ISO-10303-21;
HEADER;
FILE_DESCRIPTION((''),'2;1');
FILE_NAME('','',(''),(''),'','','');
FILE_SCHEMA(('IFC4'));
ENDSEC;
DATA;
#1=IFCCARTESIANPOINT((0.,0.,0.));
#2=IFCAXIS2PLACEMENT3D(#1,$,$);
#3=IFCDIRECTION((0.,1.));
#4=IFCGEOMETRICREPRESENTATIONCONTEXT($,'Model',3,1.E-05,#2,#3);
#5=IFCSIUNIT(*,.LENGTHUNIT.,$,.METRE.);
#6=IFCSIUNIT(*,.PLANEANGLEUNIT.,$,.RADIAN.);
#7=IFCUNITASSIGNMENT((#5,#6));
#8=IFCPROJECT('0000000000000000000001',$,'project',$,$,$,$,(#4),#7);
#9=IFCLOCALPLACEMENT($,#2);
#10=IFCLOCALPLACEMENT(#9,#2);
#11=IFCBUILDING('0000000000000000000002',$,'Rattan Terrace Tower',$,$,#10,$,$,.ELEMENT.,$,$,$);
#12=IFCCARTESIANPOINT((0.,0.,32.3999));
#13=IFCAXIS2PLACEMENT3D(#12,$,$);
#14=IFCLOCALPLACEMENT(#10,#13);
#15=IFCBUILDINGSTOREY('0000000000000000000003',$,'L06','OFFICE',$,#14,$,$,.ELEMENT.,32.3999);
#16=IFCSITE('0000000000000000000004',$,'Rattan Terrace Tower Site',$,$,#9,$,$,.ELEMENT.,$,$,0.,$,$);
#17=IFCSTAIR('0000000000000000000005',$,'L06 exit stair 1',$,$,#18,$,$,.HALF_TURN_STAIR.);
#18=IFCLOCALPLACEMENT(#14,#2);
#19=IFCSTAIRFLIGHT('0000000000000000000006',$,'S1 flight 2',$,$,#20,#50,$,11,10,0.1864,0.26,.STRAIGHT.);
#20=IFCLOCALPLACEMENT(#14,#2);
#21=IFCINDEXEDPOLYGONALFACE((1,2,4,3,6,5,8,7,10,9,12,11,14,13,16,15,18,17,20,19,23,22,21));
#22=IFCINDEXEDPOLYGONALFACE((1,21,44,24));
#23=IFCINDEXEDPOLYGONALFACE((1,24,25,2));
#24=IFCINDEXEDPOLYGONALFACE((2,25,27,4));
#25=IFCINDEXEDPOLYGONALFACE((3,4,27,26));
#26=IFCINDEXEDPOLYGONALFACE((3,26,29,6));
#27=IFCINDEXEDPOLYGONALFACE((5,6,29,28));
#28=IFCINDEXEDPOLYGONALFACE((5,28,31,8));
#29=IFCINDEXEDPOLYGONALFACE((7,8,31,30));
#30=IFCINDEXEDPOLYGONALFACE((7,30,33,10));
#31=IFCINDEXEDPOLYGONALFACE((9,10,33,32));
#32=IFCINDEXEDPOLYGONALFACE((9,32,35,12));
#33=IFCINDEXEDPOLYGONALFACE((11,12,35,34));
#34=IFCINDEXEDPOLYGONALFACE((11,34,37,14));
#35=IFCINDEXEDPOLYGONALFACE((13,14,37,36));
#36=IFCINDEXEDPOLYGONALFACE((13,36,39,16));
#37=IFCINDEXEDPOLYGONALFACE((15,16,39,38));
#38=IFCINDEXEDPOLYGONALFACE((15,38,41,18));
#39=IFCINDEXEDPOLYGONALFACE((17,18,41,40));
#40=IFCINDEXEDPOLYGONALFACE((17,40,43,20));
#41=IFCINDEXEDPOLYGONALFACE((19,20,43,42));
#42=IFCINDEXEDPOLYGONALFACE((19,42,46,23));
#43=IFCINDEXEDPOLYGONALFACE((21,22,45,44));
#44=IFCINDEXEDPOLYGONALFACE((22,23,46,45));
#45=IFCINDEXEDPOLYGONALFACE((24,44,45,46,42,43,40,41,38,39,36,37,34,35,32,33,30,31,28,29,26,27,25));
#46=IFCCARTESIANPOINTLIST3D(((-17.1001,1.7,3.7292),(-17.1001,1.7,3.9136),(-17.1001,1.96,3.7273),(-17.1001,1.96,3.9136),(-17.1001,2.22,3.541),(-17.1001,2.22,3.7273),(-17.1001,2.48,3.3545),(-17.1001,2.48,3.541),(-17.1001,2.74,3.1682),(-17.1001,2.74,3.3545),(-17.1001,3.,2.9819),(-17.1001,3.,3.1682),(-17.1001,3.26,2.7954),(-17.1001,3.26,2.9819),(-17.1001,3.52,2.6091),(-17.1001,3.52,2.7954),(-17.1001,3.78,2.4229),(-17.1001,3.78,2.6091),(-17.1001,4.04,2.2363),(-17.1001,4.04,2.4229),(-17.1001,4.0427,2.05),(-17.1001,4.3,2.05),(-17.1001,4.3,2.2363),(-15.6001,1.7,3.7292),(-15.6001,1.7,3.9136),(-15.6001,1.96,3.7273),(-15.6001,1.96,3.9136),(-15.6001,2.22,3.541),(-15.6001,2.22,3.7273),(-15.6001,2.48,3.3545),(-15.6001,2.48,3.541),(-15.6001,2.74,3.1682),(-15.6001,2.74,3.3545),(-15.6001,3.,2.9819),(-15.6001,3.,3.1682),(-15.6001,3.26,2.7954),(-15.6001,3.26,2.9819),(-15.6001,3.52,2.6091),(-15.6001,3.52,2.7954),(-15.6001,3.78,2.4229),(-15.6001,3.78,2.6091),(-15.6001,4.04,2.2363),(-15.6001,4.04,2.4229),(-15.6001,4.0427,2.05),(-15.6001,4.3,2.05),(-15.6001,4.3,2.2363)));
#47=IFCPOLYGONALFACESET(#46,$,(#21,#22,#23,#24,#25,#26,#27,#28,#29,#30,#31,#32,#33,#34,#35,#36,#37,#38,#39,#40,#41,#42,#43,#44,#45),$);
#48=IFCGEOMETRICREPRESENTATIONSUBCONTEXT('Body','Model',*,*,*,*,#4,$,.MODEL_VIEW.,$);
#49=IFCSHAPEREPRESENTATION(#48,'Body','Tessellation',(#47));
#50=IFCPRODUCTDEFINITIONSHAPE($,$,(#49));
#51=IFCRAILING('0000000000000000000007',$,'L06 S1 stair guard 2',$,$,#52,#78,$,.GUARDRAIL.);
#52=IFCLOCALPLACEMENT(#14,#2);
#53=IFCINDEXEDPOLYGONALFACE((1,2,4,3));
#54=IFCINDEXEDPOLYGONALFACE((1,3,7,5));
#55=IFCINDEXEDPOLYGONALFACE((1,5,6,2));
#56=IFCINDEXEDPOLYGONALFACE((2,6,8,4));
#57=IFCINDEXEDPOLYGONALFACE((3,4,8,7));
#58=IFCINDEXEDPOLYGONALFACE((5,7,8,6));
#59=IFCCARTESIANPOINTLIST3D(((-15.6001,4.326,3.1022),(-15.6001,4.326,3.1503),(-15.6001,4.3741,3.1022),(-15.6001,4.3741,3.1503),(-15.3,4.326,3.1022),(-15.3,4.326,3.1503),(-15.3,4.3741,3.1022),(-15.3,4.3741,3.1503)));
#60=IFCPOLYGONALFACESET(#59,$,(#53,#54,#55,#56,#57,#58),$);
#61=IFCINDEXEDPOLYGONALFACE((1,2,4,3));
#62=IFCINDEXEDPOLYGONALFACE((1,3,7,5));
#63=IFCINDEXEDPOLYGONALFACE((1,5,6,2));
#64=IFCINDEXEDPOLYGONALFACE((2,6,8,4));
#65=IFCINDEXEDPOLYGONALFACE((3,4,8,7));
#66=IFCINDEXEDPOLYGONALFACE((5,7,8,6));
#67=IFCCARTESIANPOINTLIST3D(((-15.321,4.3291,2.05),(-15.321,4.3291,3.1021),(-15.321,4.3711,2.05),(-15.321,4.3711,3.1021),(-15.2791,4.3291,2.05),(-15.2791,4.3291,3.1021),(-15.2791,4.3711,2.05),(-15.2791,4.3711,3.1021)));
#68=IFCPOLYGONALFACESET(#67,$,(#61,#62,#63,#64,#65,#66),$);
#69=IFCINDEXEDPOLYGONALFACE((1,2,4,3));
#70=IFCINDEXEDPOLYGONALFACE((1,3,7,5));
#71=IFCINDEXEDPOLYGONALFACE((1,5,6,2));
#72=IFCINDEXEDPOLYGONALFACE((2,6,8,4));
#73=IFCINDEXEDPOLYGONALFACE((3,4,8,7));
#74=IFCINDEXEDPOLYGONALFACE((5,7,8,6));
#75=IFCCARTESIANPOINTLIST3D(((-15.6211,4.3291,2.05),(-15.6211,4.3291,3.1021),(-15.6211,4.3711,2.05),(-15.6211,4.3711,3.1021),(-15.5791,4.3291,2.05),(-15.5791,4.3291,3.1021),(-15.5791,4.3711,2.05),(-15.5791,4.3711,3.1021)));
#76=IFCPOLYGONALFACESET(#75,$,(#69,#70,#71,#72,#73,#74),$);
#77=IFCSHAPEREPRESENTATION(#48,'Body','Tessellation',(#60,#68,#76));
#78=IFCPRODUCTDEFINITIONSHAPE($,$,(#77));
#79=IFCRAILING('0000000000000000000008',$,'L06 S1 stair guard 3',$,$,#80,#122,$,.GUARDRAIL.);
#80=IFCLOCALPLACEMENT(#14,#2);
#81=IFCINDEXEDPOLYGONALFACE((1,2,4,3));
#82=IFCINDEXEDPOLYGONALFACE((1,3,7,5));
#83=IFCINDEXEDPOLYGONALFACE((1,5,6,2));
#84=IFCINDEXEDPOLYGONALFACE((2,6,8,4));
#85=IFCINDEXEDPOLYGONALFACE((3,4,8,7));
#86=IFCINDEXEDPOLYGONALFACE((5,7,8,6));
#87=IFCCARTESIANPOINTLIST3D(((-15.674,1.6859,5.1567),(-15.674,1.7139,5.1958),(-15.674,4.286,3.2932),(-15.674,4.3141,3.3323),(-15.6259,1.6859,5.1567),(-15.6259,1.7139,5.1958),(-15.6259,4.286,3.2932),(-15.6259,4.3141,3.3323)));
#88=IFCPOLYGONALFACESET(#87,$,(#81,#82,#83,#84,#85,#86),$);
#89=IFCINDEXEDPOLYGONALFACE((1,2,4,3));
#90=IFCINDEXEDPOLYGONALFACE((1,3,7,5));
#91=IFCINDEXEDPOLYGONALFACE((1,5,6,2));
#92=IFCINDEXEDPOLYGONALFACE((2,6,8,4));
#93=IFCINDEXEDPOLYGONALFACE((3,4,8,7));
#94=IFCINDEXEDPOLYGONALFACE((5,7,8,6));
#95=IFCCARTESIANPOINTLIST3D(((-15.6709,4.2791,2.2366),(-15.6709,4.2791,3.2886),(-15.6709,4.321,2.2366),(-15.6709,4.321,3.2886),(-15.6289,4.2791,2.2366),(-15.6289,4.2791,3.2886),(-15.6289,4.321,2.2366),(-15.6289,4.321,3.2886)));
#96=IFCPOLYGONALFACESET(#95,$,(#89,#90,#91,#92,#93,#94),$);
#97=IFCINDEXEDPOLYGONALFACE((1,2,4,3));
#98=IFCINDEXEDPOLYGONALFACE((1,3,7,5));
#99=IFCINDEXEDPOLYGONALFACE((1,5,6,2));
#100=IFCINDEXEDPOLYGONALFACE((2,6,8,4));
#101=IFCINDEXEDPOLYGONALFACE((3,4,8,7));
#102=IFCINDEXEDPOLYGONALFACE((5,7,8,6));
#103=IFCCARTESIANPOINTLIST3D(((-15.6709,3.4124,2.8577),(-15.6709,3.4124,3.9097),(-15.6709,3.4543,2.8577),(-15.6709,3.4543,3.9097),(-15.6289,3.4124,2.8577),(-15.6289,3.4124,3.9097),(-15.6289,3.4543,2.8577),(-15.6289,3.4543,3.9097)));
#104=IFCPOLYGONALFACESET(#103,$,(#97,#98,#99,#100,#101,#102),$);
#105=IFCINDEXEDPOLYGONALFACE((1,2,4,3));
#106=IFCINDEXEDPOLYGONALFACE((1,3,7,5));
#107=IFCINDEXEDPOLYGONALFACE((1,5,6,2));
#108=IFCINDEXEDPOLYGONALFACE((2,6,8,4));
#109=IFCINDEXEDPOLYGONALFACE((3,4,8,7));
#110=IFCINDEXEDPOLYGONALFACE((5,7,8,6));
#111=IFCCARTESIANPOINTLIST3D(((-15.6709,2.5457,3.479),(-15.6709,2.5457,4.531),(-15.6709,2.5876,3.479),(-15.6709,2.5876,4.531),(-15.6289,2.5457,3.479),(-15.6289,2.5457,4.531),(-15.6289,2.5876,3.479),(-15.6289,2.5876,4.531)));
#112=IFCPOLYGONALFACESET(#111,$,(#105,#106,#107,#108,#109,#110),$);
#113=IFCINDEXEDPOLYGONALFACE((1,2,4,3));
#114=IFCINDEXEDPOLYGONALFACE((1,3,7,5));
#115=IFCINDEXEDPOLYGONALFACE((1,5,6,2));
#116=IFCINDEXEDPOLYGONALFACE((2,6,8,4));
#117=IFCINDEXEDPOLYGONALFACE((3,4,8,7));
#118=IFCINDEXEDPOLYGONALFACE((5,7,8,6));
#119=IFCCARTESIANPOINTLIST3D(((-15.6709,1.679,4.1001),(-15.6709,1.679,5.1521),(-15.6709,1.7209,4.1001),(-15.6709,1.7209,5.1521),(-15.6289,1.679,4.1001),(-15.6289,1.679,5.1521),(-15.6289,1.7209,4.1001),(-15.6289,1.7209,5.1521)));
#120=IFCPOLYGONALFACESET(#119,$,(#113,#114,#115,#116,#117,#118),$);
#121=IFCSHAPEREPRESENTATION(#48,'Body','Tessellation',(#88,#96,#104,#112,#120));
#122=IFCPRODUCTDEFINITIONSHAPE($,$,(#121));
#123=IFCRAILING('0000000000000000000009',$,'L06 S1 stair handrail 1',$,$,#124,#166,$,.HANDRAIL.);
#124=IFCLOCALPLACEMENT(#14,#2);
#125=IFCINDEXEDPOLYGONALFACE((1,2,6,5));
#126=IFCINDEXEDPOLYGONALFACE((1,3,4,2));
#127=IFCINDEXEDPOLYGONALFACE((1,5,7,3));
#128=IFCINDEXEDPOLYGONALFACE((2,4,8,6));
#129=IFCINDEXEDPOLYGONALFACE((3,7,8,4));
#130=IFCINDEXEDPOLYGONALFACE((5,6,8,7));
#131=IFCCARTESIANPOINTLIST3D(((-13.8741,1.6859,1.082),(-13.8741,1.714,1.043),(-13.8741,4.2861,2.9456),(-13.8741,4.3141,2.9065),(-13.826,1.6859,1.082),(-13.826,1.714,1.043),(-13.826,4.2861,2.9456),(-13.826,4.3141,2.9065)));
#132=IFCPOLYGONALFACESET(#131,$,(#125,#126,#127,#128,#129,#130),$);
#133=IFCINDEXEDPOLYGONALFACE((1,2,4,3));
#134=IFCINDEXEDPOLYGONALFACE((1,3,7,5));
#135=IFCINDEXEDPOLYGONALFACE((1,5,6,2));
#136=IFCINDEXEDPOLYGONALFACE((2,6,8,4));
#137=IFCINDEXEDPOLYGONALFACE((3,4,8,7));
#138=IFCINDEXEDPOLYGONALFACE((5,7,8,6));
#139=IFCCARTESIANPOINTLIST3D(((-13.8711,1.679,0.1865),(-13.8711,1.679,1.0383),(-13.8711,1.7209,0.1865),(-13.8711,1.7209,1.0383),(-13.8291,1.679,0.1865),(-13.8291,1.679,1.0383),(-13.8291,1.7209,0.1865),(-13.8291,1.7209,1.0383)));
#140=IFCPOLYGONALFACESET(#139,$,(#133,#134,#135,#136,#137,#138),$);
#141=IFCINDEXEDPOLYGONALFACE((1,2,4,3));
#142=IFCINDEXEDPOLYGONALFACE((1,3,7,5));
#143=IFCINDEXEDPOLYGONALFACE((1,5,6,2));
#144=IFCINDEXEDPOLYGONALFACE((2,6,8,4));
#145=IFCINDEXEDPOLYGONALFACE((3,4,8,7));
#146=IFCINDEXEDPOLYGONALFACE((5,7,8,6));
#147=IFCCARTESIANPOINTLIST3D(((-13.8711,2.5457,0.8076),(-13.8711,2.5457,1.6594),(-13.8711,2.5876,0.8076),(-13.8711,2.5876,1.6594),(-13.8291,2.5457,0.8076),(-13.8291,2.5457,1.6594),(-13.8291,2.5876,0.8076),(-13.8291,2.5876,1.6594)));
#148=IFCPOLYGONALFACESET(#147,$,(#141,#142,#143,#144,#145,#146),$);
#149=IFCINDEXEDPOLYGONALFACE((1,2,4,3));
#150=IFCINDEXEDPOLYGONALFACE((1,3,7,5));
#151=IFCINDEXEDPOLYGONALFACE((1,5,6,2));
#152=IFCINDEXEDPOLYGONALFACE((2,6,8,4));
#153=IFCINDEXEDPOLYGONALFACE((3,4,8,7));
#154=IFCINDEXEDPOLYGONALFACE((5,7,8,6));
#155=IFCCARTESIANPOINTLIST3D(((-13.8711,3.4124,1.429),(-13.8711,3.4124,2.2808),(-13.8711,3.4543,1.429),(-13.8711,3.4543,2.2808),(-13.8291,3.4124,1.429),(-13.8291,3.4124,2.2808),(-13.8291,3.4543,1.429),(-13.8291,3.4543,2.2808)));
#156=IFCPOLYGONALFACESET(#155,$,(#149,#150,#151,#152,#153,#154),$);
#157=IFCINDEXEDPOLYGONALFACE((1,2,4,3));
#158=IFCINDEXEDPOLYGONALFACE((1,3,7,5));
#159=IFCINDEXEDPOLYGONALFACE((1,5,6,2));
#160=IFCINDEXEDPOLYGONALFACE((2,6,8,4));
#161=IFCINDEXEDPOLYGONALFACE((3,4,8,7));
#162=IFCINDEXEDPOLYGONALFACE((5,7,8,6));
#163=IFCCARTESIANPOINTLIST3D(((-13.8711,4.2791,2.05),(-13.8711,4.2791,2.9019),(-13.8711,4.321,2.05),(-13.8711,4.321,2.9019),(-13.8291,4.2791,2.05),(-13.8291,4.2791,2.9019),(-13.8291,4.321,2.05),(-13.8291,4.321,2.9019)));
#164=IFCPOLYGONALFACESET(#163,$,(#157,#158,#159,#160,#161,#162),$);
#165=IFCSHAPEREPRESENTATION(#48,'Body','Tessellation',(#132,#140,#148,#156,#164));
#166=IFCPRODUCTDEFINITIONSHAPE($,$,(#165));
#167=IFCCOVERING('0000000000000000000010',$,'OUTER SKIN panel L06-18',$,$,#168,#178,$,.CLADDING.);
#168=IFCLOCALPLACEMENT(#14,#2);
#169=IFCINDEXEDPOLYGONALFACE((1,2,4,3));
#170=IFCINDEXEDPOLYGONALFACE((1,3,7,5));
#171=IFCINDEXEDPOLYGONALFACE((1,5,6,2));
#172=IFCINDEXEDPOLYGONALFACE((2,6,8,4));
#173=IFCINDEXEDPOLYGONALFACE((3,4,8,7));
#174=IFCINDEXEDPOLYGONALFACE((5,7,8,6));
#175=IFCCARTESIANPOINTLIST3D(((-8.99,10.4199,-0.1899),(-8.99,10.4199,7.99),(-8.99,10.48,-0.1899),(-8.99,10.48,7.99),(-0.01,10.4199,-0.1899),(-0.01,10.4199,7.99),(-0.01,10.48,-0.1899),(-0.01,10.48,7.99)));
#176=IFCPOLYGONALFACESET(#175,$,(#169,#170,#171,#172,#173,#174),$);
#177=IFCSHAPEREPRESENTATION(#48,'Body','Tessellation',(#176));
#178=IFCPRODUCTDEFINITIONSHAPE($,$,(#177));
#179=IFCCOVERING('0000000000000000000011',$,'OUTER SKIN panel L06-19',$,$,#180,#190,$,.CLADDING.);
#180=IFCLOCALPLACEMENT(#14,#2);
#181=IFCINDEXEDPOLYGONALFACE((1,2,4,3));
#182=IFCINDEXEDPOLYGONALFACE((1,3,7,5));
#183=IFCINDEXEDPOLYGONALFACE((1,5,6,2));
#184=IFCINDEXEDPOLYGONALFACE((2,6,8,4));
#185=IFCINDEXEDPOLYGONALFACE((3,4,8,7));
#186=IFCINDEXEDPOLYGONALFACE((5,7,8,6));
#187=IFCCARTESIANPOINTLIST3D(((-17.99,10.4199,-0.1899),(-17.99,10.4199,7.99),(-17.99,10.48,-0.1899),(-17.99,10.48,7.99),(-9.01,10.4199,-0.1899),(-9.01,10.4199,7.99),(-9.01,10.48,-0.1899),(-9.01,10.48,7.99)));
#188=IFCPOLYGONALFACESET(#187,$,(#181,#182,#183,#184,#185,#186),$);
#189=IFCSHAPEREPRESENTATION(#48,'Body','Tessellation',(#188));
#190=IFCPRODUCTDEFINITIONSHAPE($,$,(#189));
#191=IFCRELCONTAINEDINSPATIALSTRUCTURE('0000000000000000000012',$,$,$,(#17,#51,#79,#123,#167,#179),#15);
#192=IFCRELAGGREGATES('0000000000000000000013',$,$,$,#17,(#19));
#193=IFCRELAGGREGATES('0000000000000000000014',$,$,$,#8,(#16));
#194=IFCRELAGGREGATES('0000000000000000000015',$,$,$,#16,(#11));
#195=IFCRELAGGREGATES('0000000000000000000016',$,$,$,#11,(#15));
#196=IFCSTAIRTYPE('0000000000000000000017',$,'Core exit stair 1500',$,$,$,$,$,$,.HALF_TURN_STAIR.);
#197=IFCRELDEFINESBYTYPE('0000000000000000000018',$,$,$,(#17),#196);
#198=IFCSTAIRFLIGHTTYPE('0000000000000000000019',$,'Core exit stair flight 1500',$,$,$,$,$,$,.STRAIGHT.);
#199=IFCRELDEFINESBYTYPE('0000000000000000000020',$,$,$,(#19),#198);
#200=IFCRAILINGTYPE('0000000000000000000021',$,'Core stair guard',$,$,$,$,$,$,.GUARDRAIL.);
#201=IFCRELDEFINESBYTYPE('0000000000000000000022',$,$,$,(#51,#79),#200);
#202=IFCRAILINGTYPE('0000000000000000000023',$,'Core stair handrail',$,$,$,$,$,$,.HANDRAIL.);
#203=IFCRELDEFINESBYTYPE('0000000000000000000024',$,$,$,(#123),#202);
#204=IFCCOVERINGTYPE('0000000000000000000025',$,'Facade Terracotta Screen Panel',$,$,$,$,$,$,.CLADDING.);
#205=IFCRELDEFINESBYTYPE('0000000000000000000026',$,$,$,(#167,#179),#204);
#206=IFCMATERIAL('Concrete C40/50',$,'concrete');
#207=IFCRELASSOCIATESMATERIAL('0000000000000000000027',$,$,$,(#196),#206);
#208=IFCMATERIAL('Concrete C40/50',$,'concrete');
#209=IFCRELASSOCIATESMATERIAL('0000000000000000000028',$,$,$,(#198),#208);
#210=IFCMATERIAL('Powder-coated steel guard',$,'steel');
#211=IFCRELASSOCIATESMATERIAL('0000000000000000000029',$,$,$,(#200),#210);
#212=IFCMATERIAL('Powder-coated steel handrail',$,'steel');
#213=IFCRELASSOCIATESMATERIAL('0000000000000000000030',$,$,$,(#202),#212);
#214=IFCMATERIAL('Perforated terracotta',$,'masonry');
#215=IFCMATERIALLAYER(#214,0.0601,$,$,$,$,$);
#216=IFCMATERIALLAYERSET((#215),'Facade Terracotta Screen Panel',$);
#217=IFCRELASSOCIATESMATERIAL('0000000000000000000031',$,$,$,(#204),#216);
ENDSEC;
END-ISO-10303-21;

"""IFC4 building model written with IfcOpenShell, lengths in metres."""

from ifc_helpers import new_model, si_unit, direction, frame, origin, origin_2d, place, context, subcontext, project, spatial, polyline, rectangle, outline, extrude, material, layer, layer_set, type_object, element, aggregate, save


model = new_model("IFC4")

# Units and contexts
model_context = context("Model", 3, precision=1e-05, world=origin(), true_north=direction((0.0, 1.0)))
body_context = subcontext(model_context, "Body", "Model", "MODEL_VIEW")
ifc_project = project(units=[si_unit("LENGTHUNIT", "METRE"), si_unit("PLANEANGLEUNIT", "RADIAN")], contexts=[model_context])

# Site, building, storey
site_placement = place(None, origin())
site = spatial("IfcSite", under=ifc_project, at=site_placement, Name="Rattan Terrace Tower Site", CompositionType="ELEMENT", RefElevation=0.0)
building_placement = place(site_placement, origin())
building = spatial("IfcBuilding", under=site, at=building_placement, Name="Rattan Terrace Tower", CompositionType="ELEMENT")
storey_placement = place(building_placement, frame((0.0, 0.0, 32.3999)))
storey = spatial("IfcBuildingStorey", under=building, at=storey_placement, Name="L06", Description="OFFICE", CompositionType="ELEMENT", Elevation=32.3999)

# Stair, stair flight
ifc_material_1 = material(Name="Concrete C40/50", Category="concrete")
stair_type = type_object("IfcStairType", Name="Core exit stair 1500", PredefinedType="HALF_TURN_STAIR", material=ifc_material_1)
stair_placement = place(storey_placement, origin())
stair = element("IfcStair", 1, at=stair_placement, inside=storey, type_object=stair_type, Name="L06 exit stair 1", PredefinedType="HALF_TURN_STAIR")
ifc_material_2 = material(Name="Concrete C40/50", Category="concrete")
stair_flight_type = type_object("IfcStairFlightType", Name="Core exit stair flight 1500", PredefinedType="STRAIGHT", material=ifc_material_2)
stair_flight_placement = place(storey_placement, frame((-16.3501, 4.3, 2.05), z_axis=(0.0, 0.0, 1.0), x_axis=(0.0, -1.0, 0.0)))
stair_flight = element("IfcStairFlight", 2, at=stair_flight_placement, type_object=stair_flight_type, Name="S1 flight 2", NumberOfRisers=11, NumberOfTreads=10, PredefinedType="STRAIGHT", RiserHeight=0.1864, TreadLength=0.26, context=body_context, shape_type="SweptSolid", body=[
    extrude(outline(polyline([(0.0, 0.0), (0.0, 0.1863), (0.26, 0.1863), (0.26, 0.3728), (0.52, 0.3728), (0.52, 0.5591), (0.78, 0.5591), (0.78, 0.7454), (1.04, 0.7454), (1.04, 0.9319), (1.3, 0.9319), (1.3, 1.1182), (1.5601, 1.1182), (1.5601, 1.3044), (1.8201, 1.3044), (1.8201, 1.491), (2.0801, 1.491), (2.0801, 1.6772), (2.3401, 1.6772), (2.3401, 1.8635), (2.6001, 1.8635), (2.6001, 2.05), (2.6001, 1.6792), (0.2573, 0.0), (0.0, 0.0)])), frame((0.0, 0.75, 0.0), z_axis=(0.0, -1.0, 0.0), x_axis=(1.0, 0.0, 0.0)), (0.0, 0.0, 1.0), 1.5),
])
aggregate(stair, [stair_flight])

# Railings
ifc_material_3 = material(Name="Powder-coated steel guard", Category="steel")
railing_type_1 = type_object("IfcRailingType", Name="Core stair guard", PredefinedType="GUARDRAIL", material=ifc_material_3)
railing_1_placement = place(storey_placement, frame((-15.3, 4.3501, 2.05)))
element("IfcRailing", 3, at=railing_1_placement, inside=storey, type_object=railing_type_1, Name="L06 S1 stair guard 2", PredefinedType="GUARDRAIL", context=body_context, shape_type="SweptSolid", body=[
    extrude(rectangle(XDim=0.0481, YDim=0.0481, at=origin_2d()), frame((0.0, 0.0, 1.0762), z_axis=(-1.0, 0.0, 0.0), x_axis=(0.0, -1.0, 0.0)), (0.0, 0.0, 1.0), 0.3),
    extrude(rectangle(XDim=0.042, YDim=0.042, at=origin_2d()), origin(), (0.0, 0.0, 1.0), 1.052),
    extrude(rectangle(XDim=0.042, YDim=0.042, at=origin_2d()), frame((-0.3, 0.0, 0.0)), (0.0, 0.0, 1.0), 1.052),
])
railing_2_placement = place(storey_placement, frame((-15.6499, 4.3, 2.2366)))
element("IfcRailing", 4, at=railing_2_placement, inside=storey, type_object=railing_type_1, Name="L06 S1 stair guard 3", PredefinedType="GUARDRAIL", context=body_context, shape_type="SweptSolid", body=[
    extrude(rectangle(XDim=0.0481, YDim=0.0481, at=origin_2d()), frame((0.0, 0.0, 1.0762), z_axis=(0.0, -0.812799, 0.582544), x_axis=(1.0, 0.0, 0.0)), (0.0, 0.0, 1.0), 3.199),
    extrude(rectangle(XDim=0.042, YDim=0.042, at=origin_2d()), origin(), (0.0, 0.0, 1.0), 1.052),
    extrude(rectangle(XDim=0.042, YDim=0.042, at=origin_2d()), frame((0.0, -0.8667, 0.6211)), (0.0, 0.0, 1.0), 1.052),
    extrude(rectangle(XDim=0.042, YDim=0.042, at=origin_2d()), frame((0.0, -1.7334, 1.2424)), (0.0, 0.0, 1.0), 1.052),
    extrude(rectangle(XDim=0.042, YDim=0.042, at=origin_2d()), frame((0.0, -2.6001, 1.8635)), (0.0, 0.0, 1.0), 1.052),
])
ifc_material_4 = material(Name="Powder-coated steel handrail", Category="steel")
railing_type_2 = type_object("IfcRailingType", Name="Core stair handrail", PredefinedType="HANDRAIL", material=ifc_material_4)
railing_3_placement = place(storey_placement, frame((-13.8501, 1.7, 0.1865)))
element("IfcRailing", 5, at=railing_3_placement, inside=storey, type_object=railing_type_2, Name="L06 S1 stair handrail 1", PredefinedType="HANDRAIL", context=body_context, shape_type="SweptSolid", body=[
    extrude(rectangle(XDim=0.0481, YDim=0.0481, at=origin_2d()), frame((0.0, 0.0, 0.876), z_axis=(0.0, 0.812799, 0.582544), x_axis=(-1.0, 0.0, 0.0)), (0.0, 0.0, 1.0), 3.199),
    extrude(rectangle(XDim=0.042, YDim=0.042, at=origin_2d()), origin(), (0.0, 0.0, 1.0), 0.8518),
    extrude(rectangle(XDim=0.042, YDim=0.042, at=origin_2d()), frame((0.0, 0.8667, 0.6211)), (0.0, 0.0, 1.0), 0.8518),
    extrude(rectangle(XDim=0.042, YDim=0.042, at=origin_2d()), frame((0.0, 1.7334, 1.2424)), (0.0, 0.0, 1.0), 0.8518),
    extrude(rectangle(XDim=0.042, YDim=0.042, at=origin_2d()), frame((0.0, 2.6001, 1.8635)), (0.0, 0.0, 1.0), 0.8518),
])

# Coverings
ifc_material_5 = material(Name="Perforated terracotta", Category="masonry")
ifc_layer_1 = layer(ifc_material_5, 0.0601)
ifc_layer_set_1 = layer_set([ifc_layer_1], Name="Facade Terracotta Screen Panel")
covering_type = type_object("IfcCoveringType", Name="Facade Terracotta Screen Panel", PredefinedType="CLADDING", material=ifc_layer_set_1)
for number, where, z_axis, x_axis, name in (
    (6, (-4.5, 10.45, -0.1899), (0.0, 0.0, 1.0), (-1.0, 0.0, 0.0), "OUTER SKIN panel L06-18"),
    (7, (-13.5, 10.45, -0.1899), (0.0, 0.0, 1.0), (-1.0, 0.0, 0.0), "OUTER SKIN panel L06-19"),
):
    element("IfcCovering", number, at=place(storey_placement, frame(where, z_axis=z_axis, x_axis=x_axis)), inside=storey, type_object=covering_type, Name=name, PredefinedType="CLADDING", context=body_context, shape_type="SweptSolid", body=[
        extrude(rectangle(XDim=8.98, YDim=0.0601, at=origin_2d()), origin(), (0.0, 0.0, 1.0), 8.1799),
    ])

save(model, "model.ifc")
